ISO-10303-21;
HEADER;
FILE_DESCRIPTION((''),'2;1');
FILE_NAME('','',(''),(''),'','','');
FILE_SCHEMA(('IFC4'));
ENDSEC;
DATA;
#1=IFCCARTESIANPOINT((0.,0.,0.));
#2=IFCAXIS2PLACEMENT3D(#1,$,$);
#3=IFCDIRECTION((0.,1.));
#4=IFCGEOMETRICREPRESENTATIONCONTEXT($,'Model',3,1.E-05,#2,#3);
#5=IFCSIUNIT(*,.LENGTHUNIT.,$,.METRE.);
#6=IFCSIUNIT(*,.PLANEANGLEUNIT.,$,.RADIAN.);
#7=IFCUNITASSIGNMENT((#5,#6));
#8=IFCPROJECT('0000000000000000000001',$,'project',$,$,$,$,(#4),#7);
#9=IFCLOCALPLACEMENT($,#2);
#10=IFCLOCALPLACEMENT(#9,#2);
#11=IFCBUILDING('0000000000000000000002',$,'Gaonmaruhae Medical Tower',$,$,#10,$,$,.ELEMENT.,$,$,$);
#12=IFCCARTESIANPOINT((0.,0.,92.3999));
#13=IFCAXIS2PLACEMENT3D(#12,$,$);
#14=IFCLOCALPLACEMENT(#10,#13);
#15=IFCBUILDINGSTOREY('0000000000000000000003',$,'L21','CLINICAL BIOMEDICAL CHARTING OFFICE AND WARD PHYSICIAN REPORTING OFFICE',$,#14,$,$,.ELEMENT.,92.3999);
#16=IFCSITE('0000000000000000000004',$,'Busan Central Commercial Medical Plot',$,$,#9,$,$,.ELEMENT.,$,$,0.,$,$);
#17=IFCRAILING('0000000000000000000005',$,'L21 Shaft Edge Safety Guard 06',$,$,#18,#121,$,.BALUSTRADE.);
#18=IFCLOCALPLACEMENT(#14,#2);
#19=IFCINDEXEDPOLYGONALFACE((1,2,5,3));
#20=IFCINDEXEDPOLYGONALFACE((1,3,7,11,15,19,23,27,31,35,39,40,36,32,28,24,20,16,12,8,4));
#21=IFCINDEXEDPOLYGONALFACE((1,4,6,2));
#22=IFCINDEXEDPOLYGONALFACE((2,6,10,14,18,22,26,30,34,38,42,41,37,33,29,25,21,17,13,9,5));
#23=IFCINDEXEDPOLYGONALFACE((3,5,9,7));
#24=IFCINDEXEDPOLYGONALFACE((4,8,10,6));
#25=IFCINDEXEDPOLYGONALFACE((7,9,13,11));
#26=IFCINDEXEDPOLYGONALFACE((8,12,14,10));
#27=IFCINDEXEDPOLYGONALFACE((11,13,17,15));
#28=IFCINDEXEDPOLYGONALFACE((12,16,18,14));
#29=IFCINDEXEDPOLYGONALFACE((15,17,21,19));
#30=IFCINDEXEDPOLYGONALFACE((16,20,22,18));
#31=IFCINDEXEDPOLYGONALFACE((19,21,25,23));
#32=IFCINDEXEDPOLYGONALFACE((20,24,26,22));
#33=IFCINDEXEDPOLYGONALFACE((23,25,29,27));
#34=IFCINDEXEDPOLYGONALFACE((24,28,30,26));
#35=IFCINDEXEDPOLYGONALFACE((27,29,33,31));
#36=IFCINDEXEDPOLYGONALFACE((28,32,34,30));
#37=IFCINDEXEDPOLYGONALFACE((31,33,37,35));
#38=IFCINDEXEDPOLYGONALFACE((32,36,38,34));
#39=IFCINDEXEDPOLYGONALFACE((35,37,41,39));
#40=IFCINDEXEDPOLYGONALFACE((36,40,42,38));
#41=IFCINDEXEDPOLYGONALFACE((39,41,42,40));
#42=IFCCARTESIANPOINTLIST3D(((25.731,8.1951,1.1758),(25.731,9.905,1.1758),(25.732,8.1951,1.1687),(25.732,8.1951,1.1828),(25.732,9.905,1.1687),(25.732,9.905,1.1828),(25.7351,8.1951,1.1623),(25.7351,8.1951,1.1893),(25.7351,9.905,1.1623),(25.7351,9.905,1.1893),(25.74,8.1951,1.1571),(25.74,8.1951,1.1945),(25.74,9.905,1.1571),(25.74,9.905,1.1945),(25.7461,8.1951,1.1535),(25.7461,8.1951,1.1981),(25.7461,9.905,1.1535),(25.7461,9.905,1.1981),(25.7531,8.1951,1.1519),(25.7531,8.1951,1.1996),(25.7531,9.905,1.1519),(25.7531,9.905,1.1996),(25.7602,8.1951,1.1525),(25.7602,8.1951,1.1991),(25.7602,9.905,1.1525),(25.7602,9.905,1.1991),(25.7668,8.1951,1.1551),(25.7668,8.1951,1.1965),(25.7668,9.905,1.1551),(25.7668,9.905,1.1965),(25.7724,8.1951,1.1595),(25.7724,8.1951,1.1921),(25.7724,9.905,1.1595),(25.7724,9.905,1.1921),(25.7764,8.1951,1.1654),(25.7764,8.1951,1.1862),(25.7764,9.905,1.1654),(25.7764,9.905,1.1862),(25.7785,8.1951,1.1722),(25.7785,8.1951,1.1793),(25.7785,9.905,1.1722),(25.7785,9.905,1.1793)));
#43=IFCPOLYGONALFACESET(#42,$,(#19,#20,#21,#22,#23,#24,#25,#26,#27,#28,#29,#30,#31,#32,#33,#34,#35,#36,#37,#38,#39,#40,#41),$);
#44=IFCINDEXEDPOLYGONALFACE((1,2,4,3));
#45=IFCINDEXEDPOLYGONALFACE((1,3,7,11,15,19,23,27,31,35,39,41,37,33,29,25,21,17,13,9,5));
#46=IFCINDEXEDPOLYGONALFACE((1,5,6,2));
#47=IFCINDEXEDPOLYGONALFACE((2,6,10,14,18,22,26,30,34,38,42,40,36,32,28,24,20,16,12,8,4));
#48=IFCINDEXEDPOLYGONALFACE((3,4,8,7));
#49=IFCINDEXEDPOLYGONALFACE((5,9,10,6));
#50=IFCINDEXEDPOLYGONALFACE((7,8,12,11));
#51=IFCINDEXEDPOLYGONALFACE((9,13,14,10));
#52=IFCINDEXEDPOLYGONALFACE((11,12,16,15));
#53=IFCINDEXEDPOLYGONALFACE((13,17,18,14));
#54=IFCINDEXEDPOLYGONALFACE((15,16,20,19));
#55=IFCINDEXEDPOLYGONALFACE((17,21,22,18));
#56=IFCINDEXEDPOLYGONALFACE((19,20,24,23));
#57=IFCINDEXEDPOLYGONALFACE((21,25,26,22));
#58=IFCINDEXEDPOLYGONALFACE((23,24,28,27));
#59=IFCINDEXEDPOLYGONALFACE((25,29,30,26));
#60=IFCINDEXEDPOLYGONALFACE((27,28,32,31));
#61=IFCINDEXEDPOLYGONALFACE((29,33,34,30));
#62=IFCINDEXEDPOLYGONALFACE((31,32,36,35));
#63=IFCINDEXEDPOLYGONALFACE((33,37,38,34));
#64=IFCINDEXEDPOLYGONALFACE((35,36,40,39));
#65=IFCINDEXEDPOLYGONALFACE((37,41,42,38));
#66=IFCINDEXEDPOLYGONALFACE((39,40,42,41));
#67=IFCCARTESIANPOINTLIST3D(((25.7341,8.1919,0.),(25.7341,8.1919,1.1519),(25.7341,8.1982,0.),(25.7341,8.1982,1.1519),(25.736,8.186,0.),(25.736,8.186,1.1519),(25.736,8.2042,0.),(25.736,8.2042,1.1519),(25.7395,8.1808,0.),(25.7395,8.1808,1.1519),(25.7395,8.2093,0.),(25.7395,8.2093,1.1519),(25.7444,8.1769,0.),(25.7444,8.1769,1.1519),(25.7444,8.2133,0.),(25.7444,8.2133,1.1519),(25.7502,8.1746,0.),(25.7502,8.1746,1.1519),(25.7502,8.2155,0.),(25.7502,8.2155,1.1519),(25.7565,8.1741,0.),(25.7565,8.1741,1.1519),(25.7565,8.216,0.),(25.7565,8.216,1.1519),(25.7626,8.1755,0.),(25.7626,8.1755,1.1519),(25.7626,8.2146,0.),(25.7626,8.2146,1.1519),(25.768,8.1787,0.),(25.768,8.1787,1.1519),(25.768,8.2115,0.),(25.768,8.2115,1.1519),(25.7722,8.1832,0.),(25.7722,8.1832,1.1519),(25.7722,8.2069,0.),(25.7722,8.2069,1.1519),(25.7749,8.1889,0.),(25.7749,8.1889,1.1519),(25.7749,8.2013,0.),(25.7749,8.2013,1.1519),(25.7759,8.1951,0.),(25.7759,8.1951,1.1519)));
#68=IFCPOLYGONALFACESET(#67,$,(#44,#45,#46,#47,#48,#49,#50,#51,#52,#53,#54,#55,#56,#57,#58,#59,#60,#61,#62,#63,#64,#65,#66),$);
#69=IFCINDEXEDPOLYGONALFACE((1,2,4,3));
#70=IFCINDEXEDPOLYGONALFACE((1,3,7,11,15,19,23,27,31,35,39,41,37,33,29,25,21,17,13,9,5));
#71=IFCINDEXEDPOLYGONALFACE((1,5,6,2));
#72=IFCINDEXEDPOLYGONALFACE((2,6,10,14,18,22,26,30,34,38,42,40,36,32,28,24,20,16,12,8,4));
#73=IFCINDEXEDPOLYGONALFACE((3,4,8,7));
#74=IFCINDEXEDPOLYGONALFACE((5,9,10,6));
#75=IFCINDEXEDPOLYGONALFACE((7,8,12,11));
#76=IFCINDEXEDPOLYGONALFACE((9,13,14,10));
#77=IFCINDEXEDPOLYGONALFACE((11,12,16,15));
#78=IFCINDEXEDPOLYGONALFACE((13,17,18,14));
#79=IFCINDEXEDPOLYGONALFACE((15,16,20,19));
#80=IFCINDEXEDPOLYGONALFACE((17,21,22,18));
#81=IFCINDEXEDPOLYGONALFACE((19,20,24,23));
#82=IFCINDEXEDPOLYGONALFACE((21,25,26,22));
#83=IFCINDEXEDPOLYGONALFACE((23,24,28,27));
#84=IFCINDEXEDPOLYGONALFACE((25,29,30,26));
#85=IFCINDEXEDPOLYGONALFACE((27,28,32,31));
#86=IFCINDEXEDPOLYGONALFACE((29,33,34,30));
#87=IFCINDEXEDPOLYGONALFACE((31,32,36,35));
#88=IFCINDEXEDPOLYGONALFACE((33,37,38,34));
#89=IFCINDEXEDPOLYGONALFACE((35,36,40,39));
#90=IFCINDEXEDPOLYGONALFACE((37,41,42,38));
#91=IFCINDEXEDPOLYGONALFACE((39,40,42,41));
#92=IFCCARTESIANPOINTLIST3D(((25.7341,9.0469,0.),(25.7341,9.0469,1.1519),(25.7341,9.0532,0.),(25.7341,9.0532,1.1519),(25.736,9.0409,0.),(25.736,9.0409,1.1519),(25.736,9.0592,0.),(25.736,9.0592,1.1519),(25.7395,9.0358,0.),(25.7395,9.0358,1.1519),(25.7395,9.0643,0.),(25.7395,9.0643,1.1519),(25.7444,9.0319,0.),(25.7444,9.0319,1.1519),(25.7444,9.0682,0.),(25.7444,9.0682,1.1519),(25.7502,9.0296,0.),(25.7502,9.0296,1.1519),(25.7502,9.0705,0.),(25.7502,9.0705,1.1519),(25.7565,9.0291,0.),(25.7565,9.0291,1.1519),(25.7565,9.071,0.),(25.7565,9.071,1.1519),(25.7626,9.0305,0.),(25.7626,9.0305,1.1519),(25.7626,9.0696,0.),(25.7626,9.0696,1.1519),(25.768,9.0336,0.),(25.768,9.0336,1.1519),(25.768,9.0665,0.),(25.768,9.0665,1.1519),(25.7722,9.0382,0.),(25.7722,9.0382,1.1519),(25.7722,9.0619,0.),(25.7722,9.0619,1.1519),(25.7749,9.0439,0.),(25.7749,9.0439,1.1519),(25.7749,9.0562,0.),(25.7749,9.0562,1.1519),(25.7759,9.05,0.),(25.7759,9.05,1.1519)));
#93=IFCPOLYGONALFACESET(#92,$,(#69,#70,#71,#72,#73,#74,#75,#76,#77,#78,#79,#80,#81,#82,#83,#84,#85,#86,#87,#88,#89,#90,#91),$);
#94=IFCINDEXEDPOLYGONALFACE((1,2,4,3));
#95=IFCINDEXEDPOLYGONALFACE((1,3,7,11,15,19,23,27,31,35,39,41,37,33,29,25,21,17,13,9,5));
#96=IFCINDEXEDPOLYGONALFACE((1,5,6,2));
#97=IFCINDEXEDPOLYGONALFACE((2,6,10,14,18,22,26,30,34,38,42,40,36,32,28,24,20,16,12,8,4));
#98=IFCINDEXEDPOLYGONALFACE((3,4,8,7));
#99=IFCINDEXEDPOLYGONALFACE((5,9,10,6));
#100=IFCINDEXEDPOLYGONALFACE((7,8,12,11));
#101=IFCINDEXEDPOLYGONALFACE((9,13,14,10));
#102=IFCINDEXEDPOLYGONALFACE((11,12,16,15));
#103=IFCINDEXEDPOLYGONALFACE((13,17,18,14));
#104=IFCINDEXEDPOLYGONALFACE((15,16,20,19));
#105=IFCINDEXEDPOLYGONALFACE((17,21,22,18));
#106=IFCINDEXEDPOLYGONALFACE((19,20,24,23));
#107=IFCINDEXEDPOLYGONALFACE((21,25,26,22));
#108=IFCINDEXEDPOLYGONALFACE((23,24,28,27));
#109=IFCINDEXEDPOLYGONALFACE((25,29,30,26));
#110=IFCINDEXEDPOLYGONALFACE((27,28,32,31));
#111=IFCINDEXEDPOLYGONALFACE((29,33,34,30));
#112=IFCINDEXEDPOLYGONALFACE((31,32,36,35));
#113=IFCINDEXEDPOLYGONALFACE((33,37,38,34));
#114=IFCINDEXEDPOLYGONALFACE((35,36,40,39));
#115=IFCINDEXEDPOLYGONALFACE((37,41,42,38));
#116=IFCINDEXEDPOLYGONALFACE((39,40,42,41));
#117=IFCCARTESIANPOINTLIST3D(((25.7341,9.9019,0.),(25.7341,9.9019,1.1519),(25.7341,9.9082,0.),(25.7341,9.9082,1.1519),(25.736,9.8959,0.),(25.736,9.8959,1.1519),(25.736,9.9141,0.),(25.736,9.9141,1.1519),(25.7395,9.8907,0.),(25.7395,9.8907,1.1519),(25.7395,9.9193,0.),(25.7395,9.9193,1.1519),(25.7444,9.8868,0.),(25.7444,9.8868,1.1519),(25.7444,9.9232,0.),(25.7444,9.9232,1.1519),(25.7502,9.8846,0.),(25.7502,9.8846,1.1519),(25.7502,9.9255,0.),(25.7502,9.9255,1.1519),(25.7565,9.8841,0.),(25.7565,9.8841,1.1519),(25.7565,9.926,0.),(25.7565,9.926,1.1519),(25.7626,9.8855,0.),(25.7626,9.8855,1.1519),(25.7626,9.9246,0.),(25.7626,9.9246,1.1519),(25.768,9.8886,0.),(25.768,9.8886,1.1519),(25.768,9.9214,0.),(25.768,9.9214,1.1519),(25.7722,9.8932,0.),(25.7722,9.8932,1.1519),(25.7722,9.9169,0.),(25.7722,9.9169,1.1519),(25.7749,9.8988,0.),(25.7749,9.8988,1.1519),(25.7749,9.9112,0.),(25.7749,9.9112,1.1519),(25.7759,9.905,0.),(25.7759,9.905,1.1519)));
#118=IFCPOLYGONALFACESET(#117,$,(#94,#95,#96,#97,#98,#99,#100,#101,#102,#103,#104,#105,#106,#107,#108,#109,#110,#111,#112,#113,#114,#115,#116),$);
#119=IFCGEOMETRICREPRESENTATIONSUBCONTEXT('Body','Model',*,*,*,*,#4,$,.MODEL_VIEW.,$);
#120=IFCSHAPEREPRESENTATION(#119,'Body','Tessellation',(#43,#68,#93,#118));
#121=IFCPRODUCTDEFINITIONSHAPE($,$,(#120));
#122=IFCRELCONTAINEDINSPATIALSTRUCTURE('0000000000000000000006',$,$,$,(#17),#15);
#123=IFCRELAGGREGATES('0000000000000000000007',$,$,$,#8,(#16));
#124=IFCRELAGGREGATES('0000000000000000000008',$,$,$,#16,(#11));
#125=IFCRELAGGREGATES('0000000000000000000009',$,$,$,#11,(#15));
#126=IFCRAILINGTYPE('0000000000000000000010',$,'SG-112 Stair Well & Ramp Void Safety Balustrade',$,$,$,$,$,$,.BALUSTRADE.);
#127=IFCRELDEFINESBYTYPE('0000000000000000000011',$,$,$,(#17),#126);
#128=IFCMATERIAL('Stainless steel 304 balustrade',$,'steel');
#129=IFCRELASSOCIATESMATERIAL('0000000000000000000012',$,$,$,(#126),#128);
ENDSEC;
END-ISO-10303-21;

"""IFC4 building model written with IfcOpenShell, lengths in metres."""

from ifc_helpers import new_model, si_unit, direction, frame, origin, origin_2d, place, context, subcontext, project, spatial, circle, extrude, material, type_object, element, save


model = new_model("IFC4")

# Units and contexts
model_context = context("Model", 3, precision=1e-05, world=origin(), true_north=direction((0.0, 1.0)))
body_context = subcontext(model_context, "Body", "Model", "MODEL_VIEW")
ifc_project = project(units=[si_unit("LENGTHUNIT", "METRE"), si_unit("PLANEANGLEUNIT", "RADIAN")], contexts=[model_context])

# Site, building, storey
site_placement = place(None, origin())
site = spatial("IfcSite", under=ifc_project, at=site_placement, Name="Busan Central Commercial Medical Plot", CompositionType="ELEMENT", RefElevation=0.0)
building_placement = place(site_placement, origin())
building = spatial("IfcBuilding", under=site, at=building_placement, Name="Gaonmaruhae Medical Tower", CompositionType="ELEMENT")
storey_placement = place(building_placement, frame((0.0, 0.0, 92.3999)))
storey = spatial("IfcBuildingStorey", under=building, at=storey_placement, Name="L21", Description="CLINICAL BIOMEDICAL CHARTING OFFICE AND WARD PHYSICIAN REPORTING OFFICE", CompositionType="ELEMENT", Elevation=92.3999)

# Railing
ifc_material_1 = material(Name="Stainless steel 304 balustrade", Category="steel")
railing_type_1 = type_object("IfcRailingType", Name="SG-112 Stair Well & Ramp Void Safety Balustrade", PredefinedType="BALUSTRADE", material=ifc_material_1)
railing_1_placement = place(storey_placement, frame((25.7549, 8.1951, 0.0)))
element("IfcRailing", 1, at=railing_1_placement, inside=storey, type_object=railing_type_1, Name="L21 Shaft Edge Safety Guard 06", PredefinedType="BALUSTRADE", context=body_context, shape_type="SweptSolid", body=[
    extrude(circle(Radius=0.0239, at=origin_2d()), frame((0.0, 0.0, 1.1758), z_axis=(0.0, 1.0, 0.0), x_axis=(-1.0, 0.0, 0.0)), (0.0, 0.0, 1.0), 1.71),
    extrude(circle(Radius=0.021, at=origin_2d()), origin(), (0.0, 0.0, 1.0), 1.1519),
    extrude(circle(Radius=0.021, at=origin_2d()), frame((0.0, 0.855, 0.0)), (0.0, 0.0, 1.0), 1.1519),
    extrude(circle(Radius=0.021, at=origin_2d()), frame((0.0, 1.71, 0.0)), (0.0, 0.0, 1.0), 1.1519),
])

save(model, "model.ifc")
